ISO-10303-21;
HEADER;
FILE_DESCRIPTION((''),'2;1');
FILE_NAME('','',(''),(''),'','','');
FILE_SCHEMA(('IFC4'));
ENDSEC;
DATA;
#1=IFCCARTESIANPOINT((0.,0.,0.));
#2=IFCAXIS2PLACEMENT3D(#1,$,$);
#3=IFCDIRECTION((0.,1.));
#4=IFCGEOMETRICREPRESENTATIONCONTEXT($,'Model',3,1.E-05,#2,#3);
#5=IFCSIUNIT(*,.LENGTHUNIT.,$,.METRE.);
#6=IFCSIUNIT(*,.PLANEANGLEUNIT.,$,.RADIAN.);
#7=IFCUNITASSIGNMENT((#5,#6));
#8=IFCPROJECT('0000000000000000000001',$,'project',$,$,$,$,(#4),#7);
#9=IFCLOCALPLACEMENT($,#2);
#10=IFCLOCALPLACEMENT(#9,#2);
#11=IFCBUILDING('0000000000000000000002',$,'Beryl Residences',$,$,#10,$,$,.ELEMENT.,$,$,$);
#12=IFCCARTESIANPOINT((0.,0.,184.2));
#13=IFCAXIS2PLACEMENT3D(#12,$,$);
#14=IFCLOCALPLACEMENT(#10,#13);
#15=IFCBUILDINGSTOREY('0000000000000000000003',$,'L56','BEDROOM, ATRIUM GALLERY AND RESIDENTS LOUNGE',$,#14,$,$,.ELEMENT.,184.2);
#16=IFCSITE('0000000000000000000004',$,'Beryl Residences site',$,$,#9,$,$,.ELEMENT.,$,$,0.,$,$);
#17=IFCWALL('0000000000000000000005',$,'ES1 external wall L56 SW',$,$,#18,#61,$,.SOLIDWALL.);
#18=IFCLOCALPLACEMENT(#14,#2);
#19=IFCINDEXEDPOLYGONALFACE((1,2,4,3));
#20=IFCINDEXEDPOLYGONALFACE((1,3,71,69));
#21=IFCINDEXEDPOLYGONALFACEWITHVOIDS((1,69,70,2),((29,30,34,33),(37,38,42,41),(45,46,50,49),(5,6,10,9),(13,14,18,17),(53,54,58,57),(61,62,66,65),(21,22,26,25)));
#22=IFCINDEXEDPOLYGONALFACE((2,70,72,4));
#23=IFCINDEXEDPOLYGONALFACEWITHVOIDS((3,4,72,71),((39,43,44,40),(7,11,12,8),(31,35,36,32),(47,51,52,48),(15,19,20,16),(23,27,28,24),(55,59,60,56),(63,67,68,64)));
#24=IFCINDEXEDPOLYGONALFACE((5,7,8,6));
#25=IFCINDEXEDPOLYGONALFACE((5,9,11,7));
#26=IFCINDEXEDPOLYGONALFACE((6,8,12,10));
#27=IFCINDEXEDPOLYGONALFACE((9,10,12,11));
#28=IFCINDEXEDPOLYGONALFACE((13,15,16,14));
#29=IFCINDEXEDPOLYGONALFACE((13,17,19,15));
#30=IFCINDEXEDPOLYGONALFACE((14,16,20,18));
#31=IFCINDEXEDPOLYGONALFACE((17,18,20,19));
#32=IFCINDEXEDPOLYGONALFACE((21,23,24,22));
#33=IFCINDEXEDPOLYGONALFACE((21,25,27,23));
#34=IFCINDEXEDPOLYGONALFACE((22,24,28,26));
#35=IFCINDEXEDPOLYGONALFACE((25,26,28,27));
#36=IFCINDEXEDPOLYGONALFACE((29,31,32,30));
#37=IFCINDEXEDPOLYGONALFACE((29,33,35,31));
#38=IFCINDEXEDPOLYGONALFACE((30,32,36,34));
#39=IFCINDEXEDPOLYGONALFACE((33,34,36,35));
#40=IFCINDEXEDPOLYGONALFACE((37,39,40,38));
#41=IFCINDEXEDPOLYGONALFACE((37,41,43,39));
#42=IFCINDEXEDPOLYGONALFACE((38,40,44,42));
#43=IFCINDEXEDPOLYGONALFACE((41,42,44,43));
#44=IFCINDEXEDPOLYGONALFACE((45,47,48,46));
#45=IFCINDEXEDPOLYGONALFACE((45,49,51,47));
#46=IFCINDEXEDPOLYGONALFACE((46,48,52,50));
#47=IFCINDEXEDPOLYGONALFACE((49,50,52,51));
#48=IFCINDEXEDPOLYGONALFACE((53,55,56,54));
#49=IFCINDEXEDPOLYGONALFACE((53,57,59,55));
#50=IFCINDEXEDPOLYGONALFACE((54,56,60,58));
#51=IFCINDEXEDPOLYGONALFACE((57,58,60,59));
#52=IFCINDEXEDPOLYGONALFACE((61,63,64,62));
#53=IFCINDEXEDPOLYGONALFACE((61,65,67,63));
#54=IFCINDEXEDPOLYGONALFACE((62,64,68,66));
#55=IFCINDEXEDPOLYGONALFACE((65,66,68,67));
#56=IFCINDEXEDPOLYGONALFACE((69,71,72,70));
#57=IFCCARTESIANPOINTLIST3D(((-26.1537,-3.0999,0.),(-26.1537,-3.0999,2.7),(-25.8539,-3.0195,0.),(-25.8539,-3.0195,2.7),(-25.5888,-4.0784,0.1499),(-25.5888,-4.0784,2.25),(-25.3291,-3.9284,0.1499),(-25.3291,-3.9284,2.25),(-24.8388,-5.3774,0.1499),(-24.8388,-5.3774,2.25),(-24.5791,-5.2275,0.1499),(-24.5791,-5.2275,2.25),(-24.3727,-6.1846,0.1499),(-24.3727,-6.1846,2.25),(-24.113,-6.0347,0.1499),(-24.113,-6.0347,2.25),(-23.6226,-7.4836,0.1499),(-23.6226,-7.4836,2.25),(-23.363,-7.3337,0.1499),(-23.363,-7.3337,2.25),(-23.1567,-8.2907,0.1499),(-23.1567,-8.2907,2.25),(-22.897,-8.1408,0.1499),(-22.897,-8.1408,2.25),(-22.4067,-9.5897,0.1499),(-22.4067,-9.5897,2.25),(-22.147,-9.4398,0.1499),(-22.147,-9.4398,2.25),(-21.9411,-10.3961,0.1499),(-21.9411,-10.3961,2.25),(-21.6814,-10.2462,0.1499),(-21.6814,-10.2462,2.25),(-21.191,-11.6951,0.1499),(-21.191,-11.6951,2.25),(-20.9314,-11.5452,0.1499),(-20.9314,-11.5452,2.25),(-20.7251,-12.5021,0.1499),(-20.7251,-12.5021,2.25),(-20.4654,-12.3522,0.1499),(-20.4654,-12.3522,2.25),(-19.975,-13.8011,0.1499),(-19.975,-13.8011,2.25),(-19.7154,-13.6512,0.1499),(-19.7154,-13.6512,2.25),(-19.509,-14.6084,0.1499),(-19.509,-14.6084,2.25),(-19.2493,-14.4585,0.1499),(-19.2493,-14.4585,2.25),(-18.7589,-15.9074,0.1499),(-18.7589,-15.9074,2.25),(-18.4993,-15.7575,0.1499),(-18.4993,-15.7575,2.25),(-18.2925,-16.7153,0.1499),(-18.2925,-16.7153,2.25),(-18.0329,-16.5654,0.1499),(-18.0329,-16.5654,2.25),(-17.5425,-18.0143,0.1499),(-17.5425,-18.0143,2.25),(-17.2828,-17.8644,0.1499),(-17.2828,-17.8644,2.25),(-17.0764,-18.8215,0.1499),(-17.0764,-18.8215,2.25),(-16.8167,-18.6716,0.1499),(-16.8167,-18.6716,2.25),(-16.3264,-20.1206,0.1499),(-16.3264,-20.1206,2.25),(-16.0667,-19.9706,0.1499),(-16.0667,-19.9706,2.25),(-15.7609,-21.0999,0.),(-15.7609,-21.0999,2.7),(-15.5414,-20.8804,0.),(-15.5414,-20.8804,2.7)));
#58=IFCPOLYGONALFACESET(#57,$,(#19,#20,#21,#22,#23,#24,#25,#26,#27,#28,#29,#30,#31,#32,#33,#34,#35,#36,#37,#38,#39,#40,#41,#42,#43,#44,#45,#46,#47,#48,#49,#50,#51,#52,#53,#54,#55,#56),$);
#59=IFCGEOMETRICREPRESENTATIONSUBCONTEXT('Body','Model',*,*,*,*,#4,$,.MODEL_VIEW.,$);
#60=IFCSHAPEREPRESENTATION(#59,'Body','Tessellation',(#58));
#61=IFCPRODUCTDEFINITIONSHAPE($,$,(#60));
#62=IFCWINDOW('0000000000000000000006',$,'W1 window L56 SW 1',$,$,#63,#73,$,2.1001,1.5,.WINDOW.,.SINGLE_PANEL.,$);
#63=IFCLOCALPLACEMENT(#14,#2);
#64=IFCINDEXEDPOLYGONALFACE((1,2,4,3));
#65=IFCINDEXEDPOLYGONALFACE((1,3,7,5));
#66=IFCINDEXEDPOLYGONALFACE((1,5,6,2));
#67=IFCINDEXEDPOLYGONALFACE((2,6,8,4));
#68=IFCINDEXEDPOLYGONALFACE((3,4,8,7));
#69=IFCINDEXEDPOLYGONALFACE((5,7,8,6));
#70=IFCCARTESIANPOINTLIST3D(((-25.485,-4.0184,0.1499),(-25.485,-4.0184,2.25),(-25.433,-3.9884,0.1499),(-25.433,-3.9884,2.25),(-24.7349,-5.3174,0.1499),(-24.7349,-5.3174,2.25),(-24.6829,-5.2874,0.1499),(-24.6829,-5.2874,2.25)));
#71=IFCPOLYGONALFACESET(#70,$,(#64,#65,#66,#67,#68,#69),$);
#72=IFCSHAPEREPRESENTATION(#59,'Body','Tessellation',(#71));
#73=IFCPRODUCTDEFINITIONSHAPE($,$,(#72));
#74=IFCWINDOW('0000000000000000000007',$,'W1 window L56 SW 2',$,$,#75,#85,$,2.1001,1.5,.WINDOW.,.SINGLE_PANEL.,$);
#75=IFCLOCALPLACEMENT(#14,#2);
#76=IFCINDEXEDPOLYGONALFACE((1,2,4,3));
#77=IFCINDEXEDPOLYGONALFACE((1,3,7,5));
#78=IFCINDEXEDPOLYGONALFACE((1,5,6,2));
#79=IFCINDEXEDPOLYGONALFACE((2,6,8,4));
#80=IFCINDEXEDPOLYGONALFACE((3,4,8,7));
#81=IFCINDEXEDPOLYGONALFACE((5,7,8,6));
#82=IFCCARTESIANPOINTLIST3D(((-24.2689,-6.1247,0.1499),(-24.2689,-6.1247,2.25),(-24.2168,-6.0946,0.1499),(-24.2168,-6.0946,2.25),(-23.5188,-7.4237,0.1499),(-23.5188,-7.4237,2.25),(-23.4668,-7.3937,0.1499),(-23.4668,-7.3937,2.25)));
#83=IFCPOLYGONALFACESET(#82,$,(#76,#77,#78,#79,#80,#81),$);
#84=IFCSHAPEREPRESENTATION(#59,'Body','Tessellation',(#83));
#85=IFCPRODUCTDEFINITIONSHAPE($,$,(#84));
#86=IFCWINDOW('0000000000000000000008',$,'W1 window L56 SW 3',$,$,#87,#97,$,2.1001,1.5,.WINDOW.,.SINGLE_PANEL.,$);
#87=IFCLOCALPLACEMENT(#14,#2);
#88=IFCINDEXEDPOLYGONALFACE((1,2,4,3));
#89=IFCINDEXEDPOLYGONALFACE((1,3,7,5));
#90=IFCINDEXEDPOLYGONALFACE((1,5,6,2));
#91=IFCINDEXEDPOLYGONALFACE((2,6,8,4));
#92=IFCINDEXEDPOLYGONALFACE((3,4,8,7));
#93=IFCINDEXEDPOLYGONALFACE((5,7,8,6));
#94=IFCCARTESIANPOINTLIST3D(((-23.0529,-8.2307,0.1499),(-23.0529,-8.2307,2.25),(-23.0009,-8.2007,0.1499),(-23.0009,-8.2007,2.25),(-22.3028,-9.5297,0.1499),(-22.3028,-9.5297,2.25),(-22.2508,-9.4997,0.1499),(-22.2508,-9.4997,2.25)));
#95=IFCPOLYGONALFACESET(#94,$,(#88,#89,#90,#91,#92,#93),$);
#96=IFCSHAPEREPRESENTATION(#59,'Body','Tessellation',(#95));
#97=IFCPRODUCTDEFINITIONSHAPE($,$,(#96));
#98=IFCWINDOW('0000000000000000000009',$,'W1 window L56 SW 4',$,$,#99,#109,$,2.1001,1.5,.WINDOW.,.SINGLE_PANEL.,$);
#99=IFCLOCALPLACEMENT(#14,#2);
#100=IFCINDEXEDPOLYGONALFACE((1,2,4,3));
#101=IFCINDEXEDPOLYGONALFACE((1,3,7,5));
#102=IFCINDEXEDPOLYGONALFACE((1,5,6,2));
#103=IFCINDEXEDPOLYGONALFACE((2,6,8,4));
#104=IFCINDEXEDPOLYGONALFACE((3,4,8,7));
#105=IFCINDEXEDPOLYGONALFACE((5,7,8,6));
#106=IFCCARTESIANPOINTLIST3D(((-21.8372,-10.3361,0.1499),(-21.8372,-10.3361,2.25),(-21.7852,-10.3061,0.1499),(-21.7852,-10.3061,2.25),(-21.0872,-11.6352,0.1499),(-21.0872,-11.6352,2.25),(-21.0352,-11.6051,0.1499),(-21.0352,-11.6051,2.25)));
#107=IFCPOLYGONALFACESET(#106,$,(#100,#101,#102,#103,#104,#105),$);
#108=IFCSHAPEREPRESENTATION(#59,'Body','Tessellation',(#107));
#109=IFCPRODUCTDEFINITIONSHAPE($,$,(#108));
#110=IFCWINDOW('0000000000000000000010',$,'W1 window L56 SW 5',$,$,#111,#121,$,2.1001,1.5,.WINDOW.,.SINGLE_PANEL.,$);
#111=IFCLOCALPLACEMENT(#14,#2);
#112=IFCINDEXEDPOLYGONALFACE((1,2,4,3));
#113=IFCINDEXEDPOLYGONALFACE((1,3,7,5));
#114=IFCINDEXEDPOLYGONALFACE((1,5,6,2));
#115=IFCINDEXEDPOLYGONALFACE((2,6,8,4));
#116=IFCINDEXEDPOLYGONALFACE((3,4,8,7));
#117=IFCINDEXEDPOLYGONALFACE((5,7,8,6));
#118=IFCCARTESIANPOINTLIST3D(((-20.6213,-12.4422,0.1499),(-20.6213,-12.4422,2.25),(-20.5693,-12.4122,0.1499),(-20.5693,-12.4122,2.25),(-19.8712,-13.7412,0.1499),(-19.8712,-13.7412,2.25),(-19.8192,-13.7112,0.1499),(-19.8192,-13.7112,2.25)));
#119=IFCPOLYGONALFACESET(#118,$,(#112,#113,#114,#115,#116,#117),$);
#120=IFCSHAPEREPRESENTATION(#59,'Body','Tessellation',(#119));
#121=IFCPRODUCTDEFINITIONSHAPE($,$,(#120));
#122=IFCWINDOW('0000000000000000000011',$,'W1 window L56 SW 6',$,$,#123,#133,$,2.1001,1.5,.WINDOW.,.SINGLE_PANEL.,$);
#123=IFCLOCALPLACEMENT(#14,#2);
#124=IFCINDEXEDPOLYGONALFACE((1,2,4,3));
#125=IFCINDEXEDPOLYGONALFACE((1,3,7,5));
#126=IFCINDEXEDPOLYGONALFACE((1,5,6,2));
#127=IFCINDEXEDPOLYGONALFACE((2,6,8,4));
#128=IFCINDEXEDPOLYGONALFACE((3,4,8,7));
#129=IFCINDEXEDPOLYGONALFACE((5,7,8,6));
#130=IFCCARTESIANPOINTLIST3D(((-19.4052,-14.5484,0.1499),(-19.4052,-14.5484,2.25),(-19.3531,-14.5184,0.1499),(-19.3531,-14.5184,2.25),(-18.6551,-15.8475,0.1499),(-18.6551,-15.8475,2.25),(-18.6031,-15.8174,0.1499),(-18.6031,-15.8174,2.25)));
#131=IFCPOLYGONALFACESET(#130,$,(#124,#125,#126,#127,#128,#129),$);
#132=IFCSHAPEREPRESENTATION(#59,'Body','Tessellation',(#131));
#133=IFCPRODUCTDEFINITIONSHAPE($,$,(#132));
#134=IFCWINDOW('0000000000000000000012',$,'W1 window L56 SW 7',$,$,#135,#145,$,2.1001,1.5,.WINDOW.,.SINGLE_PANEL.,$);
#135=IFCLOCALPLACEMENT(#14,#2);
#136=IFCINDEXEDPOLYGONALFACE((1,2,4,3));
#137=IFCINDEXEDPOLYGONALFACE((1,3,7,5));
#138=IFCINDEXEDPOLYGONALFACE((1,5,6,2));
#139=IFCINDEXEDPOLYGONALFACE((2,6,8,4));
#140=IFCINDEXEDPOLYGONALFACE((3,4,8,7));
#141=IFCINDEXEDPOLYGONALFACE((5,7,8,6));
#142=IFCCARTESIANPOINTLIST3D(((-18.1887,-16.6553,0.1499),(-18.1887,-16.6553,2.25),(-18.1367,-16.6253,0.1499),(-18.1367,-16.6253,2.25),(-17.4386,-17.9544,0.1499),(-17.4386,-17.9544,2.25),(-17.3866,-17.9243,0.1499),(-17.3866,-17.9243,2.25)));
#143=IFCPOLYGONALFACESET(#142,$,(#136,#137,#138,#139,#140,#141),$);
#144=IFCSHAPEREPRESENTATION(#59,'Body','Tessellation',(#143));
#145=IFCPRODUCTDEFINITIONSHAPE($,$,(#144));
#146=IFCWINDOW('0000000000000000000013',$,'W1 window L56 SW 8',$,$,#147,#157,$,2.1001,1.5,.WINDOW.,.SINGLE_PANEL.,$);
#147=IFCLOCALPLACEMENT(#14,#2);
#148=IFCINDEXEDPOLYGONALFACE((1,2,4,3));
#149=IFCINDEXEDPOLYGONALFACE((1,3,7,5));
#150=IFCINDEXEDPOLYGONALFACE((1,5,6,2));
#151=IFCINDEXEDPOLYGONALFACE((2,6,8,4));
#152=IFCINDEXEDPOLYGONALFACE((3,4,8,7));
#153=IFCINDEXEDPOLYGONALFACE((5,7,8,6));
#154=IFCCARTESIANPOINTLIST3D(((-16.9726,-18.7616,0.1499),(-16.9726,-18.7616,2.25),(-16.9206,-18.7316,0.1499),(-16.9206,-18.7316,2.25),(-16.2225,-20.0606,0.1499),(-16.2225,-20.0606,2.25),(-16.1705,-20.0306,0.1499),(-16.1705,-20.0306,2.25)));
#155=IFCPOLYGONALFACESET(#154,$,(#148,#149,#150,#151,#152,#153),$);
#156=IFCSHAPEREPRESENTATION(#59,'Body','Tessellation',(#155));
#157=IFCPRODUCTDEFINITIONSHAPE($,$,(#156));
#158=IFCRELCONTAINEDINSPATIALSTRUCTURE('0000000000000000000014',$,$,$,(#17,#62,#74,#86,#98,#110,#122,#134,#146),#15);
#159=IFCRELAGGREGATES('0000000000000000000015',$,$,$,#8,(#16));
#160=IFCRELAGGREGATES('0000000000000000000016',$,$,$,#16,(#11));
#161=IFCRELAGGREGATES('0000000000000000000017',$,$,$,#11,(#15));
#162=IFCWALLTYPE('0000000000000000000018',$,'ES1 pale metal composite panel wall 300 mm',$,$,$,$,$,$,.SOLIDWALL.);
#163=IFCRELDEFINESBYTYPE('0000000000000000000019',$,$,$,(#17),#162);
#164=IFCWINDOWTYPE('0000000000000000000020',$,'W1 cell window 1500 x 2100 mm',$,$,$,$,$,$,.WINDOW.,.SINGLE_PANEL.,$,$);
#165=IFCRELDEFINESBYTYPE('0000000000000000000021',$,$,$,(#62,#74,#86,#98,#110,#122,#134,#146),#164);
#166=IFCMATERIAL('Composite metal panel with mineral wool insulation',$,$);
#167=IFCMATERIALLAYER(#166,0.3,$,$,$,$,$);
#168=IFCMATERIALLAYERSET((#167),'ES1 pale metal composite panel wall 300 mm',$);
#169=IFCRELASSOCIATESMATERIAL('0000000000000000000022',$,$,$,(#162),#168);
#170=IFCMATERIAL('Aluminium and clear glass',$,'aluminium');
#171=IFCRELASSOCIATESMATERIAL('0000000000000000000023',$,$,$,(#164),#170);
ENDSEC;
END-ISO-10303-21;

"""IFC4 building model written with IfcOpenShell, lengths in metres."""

from ifc_helpers import new_model, si_unit, direction, frame, frame_2d, origin, place, context, subcontext, project, spatial, polyline, rectangle, outline, extrude, material, layer, layer_set, type_object, element, fill, save


model = new_model("IFC4")

# Units and contexts
model_context = context("Model", 3, precision=1e-05, world=origin(), true_north=direction((0.0, 1.0)))
body_context = subcontext(model_context, "Body", "Model", "MODEL_VIEW")
ifc_project = project(units=[si_unit("LENGTHUNIT", "METRE"), si_unit("PLANEANGLEUNIT", "RADIAN")], contexts=[model_context])

# Site, building, storey
site_placement = place(None, origin())
site = spatial("IfcSite", under=ifc_project, at=site_placement, Name="Beryl Residences site", CompositionType="ELEMENT", RefElevation=0.0)
building_placement = place(site_placement, origin())
building = spatial("IfcBuilding", under=site, at=building_placement, Name="Beryl Residences", CompositionType="ELEMENT")
storey_placement = place(building_placement, frame((0.0, 0.0, 184.2)))
storey = spatial("IfcBuildingStorey", under=building, at=storey_placement, Name="L56", Description="BEDROOM, ATRIUM GALLERY AND RESIDENTS LOUNGE", CompositionType="ELEMENT", Elevation=184.2)

# Wall, openings, windows
ifc_material_1 = material(Name="Composite metal panel with mineral wool insulation")
ifc_layer_1 = layer(ifc_material_1, 0.3)
ifc_layer_set_1 = layer_set([ifc_layer_1], Name="ES1 pale metal composite panel wall 300 mm")
wall_type_1 = type_object("IfcWallType", Name="ES1 pale metal composite panel wall 300 mm", PredefinedType="SOLIDWALL", material=ifc_layer_set_1)
wall_1_placement = place(storey_placement, frame((-26.0239, -3.0249, 0.0), z_axis=(0.0, 0.0, 1.0), x_axis=(0.500019, -0.866015, 0.0)))
wall_1 = element("IfcWall", 1, at=wall_1_placement, inside=storey, type_object=wall_type_1, Name="ES1 external wall L56 SW", PredefinedType="SOLIDWALL", context=body_context, shape_type="SweptSolid", body=[
    extrude(outline(polyline([(0.0, -0.1499), (20.7849, -0.1499), (20.7046, 0.1499), (0.0803, 0.1499), (0.0, -0.1499)])), origin(), (0.0, 0.0, 1.0), 2.7),
])
opening_1_placement = place(wall_1_placement, frame((1.1299, 0.0, 0.1499)))
opening_1 = element("IfcOpeningElement", 2, at=opening_1_placement, cuts=wall_1, PredefinedType="OPENING", context=body_context, shape_type="SweptSolid", body=[
    extrude(rectangle(XDim=1.5, YDim=2.1001, at=frame_2d((0.75, 1.05))), frame((0.0, 0.1599, 0.0), z_axis=(0.0, -1.0, 0.0), x_axis=(1.0, 0.0, 0.0)), (0.0, 0.0, 1.0), 0.3201),
])
opening_2_placement = place(wall_1_placement, frame((3.562, 0.0, 0.1499)))
opening_2 = element("IfcOpeningElement", 3, at=opening_2_placement, cuts=wall_1, PredefinedType="OPENING", context=body_context, shape_type="SweptSolid", body=[
    extrude(rectangle(XDim=1.5, YDim=2.1001, at=frame_2d((0.75, 1.05))), frame((0.0, 0.1599, 0.0), z_axis=(0.0, -1.0, 0.0), x_axis=(1.0, 0.0, 0.0)), (0.0, 0.0, 1.0), 0.3201),
])
opening_3_placement = place(wall_1_placement, frame((5.9939, 0.0, 0.1499)))
opening_3 = element("IfcOpeningElement", 4, at=opening_3_placement, cuts=wall_1, PredefinedType="OPENING", context=body_context, shape_type="SweptSolid", body=[
    extrude(rectangle(XDim=1.5, YDim=2.1001, at=frame_2d((0.75, 1.05))), frame((0.0, 0.1599, 0.0), z_axis=(0.0, -1.0, 0.0), x_axis=(1.0, 0.0, 0.0)), (0.0, 0.0, 1.0), 0.3201),
])
opening_4_placement = place(wall_1_placement, frame((8.425, 0.0, 0.1499)))
opening_4 = element("IfcOpeningElement", 5, at=opening_4_placement, cuts=wall_1, PredefinedType="OPENING", context=body_context, shape_type="SweptSolid", body=[
    extrude(rectangle(XDim=1.5, YDim=2.1001, at=frame_2d((0.75, 1.05))), frame((0.0, 0.1599, 0.0), z_axis=(0.0, -1.0, 0.0), x_axis=(1.0, 0.0, 0.0)), (0.0, 0.0, 1.0), 0.3201),
])
opening_5_placement = place(wall_1_placement, frame((10.8569, 0.0, 0.1499)))
opening_5 = element("IfcOpeningElement", 6, at=opening_5_placement, cuts=wall_1, PredefinedType="OPENING", context=body_context, shape_type="SweptSolid", body=[
    extrude(rectangle(XDim=1.5, YDim=2.1001, at=frame_2d((0.75, 1.05))), frame((0.0, 0.1599, 0.0), z_axis=(0.0, -1.0, 0.0), x_axis=(1.0, 0.0, 0.0)), (0.0, 0.0, 1.0), 0.3201),
])
opening_6_placement = place(wall_1_placement, frame((13.2891, 0.0, 0.1499)))
opening_6 = element("IfcOpeningElement", 7, at=opening_6_placement, cuts=wall_1, PredefinedType="OPENING", context=body_context, shape_type="SweptSolid", body=[
    extrude(rectangle(XDim=1.5, YDim=2.1001, at=frame_2d((0.75, 1.05))), frame((0.0, 0.1599, 0.0), z_axis=(0.0, -1.0, 0.0), x_axis=(1.0, 0.0, 0.0)), (0.0, 0.0, 1.0), 0.3201),
])
opening_7_placement = place(wall_1_placement, frame((15.7219, 0.0, 0.1499)))
opening_7 = element("IfcOpeningElement", 8, at=opening_7_placement, cuts=wall_1, PredefinedType="OPENING", context=body_context, shape_type="SweptSolid", body=[
    extrude(rectangle(XDim=1.5, YDim=2.1001, at=frame_2d((0.75, 1.05))), frame((0.0, 0.1599, 0.0), z_axis=(0.0, -1.0, 0.0), x_axis=(1.0, 0.0, 0.0)), (0.0, 0.0, 1.0), 0.3201),
])
opening_8_placement = place(wall_1_placement, frame((18.1541, 0.0, 0.1499)))
opening_8 = element("IfcOpeningElement", 9, at=opening_8_placement, cuts=wall_1, PredefinedType="OPENING", context=body_context, shape_type="SweptSolid", body=[
    extrude(rectangle(XDim=1.5, YDim=2.1001, at=frame_2d((0.75, 1.05))), frame((0.0, 0.1599, 0.0), z_axis=(0.0, -1.0, 0.0), x_axis=(1.0, 0.0, 0.0)), (0.0, 0.0, 1.0), 0.3201),
])
ifc_material_2 = material(Name="Aluminium and clear glass", Category="aluminium")
window_type = type_object("IfcWindowType", Name="W1 cell window 1500 x 2100 mm", PartitioningType="SINGLE_PANEL", PredefinedType="WINDOW", material=ifc_material_2)
window_1_placement = place(opening_1_placement, origin())
window_1 = element("IfcWindow", 10, at=window_1_placement, inside=storey, type_object=window_type, Name="W1 window L56 SW 1", OverallHeight=2.1001, OverallWidth=1.5, PartitioningType="SINGLE_PANEL", PredefinedType="WINDOW", context=body_context, shape_type="SweptSolid", body=[
    extrude(rectangle(XDim=1.5, YDim=2.1001, at=frame_2d((0.75, 1.05))), frame((0.0, 0.03, 0.0), z_axis=(0.0, -1.0, 0.0), x_axis=(1.0, 0.0, 0.0)), (0.0, 0.0, 1.0), 0.0601),
])
fill(opening_1, window_1)
window_2_placement = place(opening_2_placement, origin())
window_2 = element("IfcWindow", 11, at=window_2_placement, inside=storey, type_object=window_type, Name="W1 window L56 SW 2", OverallHeight=2.1001, OverallWidth=1.5, PartitioningType="SINGLE_PANEL", PredefinedType="WINDOW", context=body_context, shape_type="SweptSolid", body=[
    extrude(rectangle(XDim=1.5, YDim=2.1001, at=frame_2d((0.75, 1.05))), frame((0.0, 0.03, 0.0), z_axis=(0.0, -1.0, 0.0), x_axis=(1.0, 0.0, 0.0)), (0.0, 0.0, 1.0), 0.0601),
])
fill(opening_2, window_2)
window_3_placement = place(opening_3_placement, origin())
window_3 = element("IfcWindow", 12, at=window_3_placement, inside=storey, type_object=window_type, Name="W1 window L56 SW 3", OverallHeight=2.1001, OverallWidth=1.5, PartitioningType="SINGLE_PANEL", PredefinedType="WINDOW", context=body_context, shape_type="SweptSolid", body=[
    extrude(rectangle(XDim=1.5, YDim=2.1001, at=frame_2d((0.75, 1.05))), frame((0.0, 0.03, 0.0), z_axis=(0.0, -1.0, 0.0), x_axis=(1.0, 0.0, 0.0)), (0.0, 0.0, 1.0), 0.0601),
])
fill(opening_3, window_3)
window_4_placement = place(opening_4_placement, origin())
window_4 = element("IfcWindow", 13, at=window_4_placement, inside=storey, type_object=window_type, Name="W1 window L56 SW 4", OverallHeight=2.1001, OverallWidth=1.5, PartitioningType="SINGLE_PANEL", PredefinedType="WINDOW", context=body_context, shape_type="SweptSolid", body=[
    extrude(rectangle(XDim=1.5, YDim=2.1001, at=frame_2d((0.75, 1.05))), frame((0.0, 0.03, 0.0), z_axis=(0.0, -1.0, 0.0), x_axis=(1.0, 0.0, 0.0)), (0.0, 0.0, 1.0), 0.0601),
])
fill(opening_4, window_4)
window_5_placement = place(opening_5_placement, origin())
window_5 = element("IfcWindow", 14, at=window_5_placement, inside=storey, type_object=window_type, Name="W1 window L56 SW 5", OverallHeight=2.1001, OverallWidth=1.5, PartitioningType="SINGLE_PANEL", PredefinedType="WINDOW", context=body_context, shape_type="SweptSolid", body=[
    extrude(rectangle(XDim=1.5, YDim=2.1001, at=frame_2d((0.75, 1.05))), frame((0.0, 0.03, 0.0), z_axis=(0.0, -1.0, 0.0), x_axis=(1.0, 0.0, 0.0)), (0.0, 0.0, 1.0), 0.0601),
])
fill(opening_5, window_5)
window_6_placement = place(opening_6_placement, origin())
window_6 = element("IfcWindow", 15, at=window_6_placement, inside=storey, type_object=window_type, Name="W1 window L56 SW 6", OverallHeight=2.1001, OverallWidth=1.5, PartitioningType="SINGLE_PANEL", PredefinedType="WINDOW", context=body_context, shape_type="SweptSolid", body=[
    extrude(rectangle(XDim=1.5, YDim=2.1001, at=frame_2d((0.75, 1.05))), frame((0.0, 0.03, 0.0), z_axis=(0.0, -1.0, 0.0), x_axis=(1.0, 0.0, 0.0)), (0.0, 0.0, 1.0), 0.0601),
])
fill(opening_6, window_6)
window_7_placement = place(opening_7_placement, origin())
window_7 = element("IfcWindow", 16, at=window_7_placement, inside=storey, type_object=window_type, Name="W1 window L56 SW 7", OverallHeight=2.1001, OverallWidth=1.5, PartitioningType="SINGLE_PANEL", PredefinedType="WINDOW", context=body_context, shape_type="SweptSolid", body=[
    extrude(rectangle(XDim=1.5, YDim=2.1001, at=frame_2d((0.75, 1.05))), frame((0.0, 0.03, 0.0), z_axis=(0.0, -1.0, 0.0), x_axis=(1.0, 0.0, 0.0)), (0.0, 0.0, 1.0), 0.0601),
])
fill(opening_7, window_7)
window_8_placement = place(opening_8_placement, origin())
window_8 = element("IfcWindow", 17, at=window_8_placement, inside=storey, type_object=window_type, Name="W1 window L56 SW 8", OverallHeight=2.1001, OverallWidth=1.5, PartitioningType="SINGLE_PANEL", PredefinedType="WINDOW", context=body_context, shape_type="SweptSolid", body=[
    extrude(rectangle(XDim=1.5, YDim=2.1001, at=frame_2d((0.75, 1.05))), frame((0.0, 0.03, 0.0), z_axis=(0.0, -1.0, 0.0), x_axis=(1.0, 0.0, 0.0)), (0.0, 0.0, 1.0), 0.0601),
])
fill(opening_8, window_8)

save(model, "model.ifc")
